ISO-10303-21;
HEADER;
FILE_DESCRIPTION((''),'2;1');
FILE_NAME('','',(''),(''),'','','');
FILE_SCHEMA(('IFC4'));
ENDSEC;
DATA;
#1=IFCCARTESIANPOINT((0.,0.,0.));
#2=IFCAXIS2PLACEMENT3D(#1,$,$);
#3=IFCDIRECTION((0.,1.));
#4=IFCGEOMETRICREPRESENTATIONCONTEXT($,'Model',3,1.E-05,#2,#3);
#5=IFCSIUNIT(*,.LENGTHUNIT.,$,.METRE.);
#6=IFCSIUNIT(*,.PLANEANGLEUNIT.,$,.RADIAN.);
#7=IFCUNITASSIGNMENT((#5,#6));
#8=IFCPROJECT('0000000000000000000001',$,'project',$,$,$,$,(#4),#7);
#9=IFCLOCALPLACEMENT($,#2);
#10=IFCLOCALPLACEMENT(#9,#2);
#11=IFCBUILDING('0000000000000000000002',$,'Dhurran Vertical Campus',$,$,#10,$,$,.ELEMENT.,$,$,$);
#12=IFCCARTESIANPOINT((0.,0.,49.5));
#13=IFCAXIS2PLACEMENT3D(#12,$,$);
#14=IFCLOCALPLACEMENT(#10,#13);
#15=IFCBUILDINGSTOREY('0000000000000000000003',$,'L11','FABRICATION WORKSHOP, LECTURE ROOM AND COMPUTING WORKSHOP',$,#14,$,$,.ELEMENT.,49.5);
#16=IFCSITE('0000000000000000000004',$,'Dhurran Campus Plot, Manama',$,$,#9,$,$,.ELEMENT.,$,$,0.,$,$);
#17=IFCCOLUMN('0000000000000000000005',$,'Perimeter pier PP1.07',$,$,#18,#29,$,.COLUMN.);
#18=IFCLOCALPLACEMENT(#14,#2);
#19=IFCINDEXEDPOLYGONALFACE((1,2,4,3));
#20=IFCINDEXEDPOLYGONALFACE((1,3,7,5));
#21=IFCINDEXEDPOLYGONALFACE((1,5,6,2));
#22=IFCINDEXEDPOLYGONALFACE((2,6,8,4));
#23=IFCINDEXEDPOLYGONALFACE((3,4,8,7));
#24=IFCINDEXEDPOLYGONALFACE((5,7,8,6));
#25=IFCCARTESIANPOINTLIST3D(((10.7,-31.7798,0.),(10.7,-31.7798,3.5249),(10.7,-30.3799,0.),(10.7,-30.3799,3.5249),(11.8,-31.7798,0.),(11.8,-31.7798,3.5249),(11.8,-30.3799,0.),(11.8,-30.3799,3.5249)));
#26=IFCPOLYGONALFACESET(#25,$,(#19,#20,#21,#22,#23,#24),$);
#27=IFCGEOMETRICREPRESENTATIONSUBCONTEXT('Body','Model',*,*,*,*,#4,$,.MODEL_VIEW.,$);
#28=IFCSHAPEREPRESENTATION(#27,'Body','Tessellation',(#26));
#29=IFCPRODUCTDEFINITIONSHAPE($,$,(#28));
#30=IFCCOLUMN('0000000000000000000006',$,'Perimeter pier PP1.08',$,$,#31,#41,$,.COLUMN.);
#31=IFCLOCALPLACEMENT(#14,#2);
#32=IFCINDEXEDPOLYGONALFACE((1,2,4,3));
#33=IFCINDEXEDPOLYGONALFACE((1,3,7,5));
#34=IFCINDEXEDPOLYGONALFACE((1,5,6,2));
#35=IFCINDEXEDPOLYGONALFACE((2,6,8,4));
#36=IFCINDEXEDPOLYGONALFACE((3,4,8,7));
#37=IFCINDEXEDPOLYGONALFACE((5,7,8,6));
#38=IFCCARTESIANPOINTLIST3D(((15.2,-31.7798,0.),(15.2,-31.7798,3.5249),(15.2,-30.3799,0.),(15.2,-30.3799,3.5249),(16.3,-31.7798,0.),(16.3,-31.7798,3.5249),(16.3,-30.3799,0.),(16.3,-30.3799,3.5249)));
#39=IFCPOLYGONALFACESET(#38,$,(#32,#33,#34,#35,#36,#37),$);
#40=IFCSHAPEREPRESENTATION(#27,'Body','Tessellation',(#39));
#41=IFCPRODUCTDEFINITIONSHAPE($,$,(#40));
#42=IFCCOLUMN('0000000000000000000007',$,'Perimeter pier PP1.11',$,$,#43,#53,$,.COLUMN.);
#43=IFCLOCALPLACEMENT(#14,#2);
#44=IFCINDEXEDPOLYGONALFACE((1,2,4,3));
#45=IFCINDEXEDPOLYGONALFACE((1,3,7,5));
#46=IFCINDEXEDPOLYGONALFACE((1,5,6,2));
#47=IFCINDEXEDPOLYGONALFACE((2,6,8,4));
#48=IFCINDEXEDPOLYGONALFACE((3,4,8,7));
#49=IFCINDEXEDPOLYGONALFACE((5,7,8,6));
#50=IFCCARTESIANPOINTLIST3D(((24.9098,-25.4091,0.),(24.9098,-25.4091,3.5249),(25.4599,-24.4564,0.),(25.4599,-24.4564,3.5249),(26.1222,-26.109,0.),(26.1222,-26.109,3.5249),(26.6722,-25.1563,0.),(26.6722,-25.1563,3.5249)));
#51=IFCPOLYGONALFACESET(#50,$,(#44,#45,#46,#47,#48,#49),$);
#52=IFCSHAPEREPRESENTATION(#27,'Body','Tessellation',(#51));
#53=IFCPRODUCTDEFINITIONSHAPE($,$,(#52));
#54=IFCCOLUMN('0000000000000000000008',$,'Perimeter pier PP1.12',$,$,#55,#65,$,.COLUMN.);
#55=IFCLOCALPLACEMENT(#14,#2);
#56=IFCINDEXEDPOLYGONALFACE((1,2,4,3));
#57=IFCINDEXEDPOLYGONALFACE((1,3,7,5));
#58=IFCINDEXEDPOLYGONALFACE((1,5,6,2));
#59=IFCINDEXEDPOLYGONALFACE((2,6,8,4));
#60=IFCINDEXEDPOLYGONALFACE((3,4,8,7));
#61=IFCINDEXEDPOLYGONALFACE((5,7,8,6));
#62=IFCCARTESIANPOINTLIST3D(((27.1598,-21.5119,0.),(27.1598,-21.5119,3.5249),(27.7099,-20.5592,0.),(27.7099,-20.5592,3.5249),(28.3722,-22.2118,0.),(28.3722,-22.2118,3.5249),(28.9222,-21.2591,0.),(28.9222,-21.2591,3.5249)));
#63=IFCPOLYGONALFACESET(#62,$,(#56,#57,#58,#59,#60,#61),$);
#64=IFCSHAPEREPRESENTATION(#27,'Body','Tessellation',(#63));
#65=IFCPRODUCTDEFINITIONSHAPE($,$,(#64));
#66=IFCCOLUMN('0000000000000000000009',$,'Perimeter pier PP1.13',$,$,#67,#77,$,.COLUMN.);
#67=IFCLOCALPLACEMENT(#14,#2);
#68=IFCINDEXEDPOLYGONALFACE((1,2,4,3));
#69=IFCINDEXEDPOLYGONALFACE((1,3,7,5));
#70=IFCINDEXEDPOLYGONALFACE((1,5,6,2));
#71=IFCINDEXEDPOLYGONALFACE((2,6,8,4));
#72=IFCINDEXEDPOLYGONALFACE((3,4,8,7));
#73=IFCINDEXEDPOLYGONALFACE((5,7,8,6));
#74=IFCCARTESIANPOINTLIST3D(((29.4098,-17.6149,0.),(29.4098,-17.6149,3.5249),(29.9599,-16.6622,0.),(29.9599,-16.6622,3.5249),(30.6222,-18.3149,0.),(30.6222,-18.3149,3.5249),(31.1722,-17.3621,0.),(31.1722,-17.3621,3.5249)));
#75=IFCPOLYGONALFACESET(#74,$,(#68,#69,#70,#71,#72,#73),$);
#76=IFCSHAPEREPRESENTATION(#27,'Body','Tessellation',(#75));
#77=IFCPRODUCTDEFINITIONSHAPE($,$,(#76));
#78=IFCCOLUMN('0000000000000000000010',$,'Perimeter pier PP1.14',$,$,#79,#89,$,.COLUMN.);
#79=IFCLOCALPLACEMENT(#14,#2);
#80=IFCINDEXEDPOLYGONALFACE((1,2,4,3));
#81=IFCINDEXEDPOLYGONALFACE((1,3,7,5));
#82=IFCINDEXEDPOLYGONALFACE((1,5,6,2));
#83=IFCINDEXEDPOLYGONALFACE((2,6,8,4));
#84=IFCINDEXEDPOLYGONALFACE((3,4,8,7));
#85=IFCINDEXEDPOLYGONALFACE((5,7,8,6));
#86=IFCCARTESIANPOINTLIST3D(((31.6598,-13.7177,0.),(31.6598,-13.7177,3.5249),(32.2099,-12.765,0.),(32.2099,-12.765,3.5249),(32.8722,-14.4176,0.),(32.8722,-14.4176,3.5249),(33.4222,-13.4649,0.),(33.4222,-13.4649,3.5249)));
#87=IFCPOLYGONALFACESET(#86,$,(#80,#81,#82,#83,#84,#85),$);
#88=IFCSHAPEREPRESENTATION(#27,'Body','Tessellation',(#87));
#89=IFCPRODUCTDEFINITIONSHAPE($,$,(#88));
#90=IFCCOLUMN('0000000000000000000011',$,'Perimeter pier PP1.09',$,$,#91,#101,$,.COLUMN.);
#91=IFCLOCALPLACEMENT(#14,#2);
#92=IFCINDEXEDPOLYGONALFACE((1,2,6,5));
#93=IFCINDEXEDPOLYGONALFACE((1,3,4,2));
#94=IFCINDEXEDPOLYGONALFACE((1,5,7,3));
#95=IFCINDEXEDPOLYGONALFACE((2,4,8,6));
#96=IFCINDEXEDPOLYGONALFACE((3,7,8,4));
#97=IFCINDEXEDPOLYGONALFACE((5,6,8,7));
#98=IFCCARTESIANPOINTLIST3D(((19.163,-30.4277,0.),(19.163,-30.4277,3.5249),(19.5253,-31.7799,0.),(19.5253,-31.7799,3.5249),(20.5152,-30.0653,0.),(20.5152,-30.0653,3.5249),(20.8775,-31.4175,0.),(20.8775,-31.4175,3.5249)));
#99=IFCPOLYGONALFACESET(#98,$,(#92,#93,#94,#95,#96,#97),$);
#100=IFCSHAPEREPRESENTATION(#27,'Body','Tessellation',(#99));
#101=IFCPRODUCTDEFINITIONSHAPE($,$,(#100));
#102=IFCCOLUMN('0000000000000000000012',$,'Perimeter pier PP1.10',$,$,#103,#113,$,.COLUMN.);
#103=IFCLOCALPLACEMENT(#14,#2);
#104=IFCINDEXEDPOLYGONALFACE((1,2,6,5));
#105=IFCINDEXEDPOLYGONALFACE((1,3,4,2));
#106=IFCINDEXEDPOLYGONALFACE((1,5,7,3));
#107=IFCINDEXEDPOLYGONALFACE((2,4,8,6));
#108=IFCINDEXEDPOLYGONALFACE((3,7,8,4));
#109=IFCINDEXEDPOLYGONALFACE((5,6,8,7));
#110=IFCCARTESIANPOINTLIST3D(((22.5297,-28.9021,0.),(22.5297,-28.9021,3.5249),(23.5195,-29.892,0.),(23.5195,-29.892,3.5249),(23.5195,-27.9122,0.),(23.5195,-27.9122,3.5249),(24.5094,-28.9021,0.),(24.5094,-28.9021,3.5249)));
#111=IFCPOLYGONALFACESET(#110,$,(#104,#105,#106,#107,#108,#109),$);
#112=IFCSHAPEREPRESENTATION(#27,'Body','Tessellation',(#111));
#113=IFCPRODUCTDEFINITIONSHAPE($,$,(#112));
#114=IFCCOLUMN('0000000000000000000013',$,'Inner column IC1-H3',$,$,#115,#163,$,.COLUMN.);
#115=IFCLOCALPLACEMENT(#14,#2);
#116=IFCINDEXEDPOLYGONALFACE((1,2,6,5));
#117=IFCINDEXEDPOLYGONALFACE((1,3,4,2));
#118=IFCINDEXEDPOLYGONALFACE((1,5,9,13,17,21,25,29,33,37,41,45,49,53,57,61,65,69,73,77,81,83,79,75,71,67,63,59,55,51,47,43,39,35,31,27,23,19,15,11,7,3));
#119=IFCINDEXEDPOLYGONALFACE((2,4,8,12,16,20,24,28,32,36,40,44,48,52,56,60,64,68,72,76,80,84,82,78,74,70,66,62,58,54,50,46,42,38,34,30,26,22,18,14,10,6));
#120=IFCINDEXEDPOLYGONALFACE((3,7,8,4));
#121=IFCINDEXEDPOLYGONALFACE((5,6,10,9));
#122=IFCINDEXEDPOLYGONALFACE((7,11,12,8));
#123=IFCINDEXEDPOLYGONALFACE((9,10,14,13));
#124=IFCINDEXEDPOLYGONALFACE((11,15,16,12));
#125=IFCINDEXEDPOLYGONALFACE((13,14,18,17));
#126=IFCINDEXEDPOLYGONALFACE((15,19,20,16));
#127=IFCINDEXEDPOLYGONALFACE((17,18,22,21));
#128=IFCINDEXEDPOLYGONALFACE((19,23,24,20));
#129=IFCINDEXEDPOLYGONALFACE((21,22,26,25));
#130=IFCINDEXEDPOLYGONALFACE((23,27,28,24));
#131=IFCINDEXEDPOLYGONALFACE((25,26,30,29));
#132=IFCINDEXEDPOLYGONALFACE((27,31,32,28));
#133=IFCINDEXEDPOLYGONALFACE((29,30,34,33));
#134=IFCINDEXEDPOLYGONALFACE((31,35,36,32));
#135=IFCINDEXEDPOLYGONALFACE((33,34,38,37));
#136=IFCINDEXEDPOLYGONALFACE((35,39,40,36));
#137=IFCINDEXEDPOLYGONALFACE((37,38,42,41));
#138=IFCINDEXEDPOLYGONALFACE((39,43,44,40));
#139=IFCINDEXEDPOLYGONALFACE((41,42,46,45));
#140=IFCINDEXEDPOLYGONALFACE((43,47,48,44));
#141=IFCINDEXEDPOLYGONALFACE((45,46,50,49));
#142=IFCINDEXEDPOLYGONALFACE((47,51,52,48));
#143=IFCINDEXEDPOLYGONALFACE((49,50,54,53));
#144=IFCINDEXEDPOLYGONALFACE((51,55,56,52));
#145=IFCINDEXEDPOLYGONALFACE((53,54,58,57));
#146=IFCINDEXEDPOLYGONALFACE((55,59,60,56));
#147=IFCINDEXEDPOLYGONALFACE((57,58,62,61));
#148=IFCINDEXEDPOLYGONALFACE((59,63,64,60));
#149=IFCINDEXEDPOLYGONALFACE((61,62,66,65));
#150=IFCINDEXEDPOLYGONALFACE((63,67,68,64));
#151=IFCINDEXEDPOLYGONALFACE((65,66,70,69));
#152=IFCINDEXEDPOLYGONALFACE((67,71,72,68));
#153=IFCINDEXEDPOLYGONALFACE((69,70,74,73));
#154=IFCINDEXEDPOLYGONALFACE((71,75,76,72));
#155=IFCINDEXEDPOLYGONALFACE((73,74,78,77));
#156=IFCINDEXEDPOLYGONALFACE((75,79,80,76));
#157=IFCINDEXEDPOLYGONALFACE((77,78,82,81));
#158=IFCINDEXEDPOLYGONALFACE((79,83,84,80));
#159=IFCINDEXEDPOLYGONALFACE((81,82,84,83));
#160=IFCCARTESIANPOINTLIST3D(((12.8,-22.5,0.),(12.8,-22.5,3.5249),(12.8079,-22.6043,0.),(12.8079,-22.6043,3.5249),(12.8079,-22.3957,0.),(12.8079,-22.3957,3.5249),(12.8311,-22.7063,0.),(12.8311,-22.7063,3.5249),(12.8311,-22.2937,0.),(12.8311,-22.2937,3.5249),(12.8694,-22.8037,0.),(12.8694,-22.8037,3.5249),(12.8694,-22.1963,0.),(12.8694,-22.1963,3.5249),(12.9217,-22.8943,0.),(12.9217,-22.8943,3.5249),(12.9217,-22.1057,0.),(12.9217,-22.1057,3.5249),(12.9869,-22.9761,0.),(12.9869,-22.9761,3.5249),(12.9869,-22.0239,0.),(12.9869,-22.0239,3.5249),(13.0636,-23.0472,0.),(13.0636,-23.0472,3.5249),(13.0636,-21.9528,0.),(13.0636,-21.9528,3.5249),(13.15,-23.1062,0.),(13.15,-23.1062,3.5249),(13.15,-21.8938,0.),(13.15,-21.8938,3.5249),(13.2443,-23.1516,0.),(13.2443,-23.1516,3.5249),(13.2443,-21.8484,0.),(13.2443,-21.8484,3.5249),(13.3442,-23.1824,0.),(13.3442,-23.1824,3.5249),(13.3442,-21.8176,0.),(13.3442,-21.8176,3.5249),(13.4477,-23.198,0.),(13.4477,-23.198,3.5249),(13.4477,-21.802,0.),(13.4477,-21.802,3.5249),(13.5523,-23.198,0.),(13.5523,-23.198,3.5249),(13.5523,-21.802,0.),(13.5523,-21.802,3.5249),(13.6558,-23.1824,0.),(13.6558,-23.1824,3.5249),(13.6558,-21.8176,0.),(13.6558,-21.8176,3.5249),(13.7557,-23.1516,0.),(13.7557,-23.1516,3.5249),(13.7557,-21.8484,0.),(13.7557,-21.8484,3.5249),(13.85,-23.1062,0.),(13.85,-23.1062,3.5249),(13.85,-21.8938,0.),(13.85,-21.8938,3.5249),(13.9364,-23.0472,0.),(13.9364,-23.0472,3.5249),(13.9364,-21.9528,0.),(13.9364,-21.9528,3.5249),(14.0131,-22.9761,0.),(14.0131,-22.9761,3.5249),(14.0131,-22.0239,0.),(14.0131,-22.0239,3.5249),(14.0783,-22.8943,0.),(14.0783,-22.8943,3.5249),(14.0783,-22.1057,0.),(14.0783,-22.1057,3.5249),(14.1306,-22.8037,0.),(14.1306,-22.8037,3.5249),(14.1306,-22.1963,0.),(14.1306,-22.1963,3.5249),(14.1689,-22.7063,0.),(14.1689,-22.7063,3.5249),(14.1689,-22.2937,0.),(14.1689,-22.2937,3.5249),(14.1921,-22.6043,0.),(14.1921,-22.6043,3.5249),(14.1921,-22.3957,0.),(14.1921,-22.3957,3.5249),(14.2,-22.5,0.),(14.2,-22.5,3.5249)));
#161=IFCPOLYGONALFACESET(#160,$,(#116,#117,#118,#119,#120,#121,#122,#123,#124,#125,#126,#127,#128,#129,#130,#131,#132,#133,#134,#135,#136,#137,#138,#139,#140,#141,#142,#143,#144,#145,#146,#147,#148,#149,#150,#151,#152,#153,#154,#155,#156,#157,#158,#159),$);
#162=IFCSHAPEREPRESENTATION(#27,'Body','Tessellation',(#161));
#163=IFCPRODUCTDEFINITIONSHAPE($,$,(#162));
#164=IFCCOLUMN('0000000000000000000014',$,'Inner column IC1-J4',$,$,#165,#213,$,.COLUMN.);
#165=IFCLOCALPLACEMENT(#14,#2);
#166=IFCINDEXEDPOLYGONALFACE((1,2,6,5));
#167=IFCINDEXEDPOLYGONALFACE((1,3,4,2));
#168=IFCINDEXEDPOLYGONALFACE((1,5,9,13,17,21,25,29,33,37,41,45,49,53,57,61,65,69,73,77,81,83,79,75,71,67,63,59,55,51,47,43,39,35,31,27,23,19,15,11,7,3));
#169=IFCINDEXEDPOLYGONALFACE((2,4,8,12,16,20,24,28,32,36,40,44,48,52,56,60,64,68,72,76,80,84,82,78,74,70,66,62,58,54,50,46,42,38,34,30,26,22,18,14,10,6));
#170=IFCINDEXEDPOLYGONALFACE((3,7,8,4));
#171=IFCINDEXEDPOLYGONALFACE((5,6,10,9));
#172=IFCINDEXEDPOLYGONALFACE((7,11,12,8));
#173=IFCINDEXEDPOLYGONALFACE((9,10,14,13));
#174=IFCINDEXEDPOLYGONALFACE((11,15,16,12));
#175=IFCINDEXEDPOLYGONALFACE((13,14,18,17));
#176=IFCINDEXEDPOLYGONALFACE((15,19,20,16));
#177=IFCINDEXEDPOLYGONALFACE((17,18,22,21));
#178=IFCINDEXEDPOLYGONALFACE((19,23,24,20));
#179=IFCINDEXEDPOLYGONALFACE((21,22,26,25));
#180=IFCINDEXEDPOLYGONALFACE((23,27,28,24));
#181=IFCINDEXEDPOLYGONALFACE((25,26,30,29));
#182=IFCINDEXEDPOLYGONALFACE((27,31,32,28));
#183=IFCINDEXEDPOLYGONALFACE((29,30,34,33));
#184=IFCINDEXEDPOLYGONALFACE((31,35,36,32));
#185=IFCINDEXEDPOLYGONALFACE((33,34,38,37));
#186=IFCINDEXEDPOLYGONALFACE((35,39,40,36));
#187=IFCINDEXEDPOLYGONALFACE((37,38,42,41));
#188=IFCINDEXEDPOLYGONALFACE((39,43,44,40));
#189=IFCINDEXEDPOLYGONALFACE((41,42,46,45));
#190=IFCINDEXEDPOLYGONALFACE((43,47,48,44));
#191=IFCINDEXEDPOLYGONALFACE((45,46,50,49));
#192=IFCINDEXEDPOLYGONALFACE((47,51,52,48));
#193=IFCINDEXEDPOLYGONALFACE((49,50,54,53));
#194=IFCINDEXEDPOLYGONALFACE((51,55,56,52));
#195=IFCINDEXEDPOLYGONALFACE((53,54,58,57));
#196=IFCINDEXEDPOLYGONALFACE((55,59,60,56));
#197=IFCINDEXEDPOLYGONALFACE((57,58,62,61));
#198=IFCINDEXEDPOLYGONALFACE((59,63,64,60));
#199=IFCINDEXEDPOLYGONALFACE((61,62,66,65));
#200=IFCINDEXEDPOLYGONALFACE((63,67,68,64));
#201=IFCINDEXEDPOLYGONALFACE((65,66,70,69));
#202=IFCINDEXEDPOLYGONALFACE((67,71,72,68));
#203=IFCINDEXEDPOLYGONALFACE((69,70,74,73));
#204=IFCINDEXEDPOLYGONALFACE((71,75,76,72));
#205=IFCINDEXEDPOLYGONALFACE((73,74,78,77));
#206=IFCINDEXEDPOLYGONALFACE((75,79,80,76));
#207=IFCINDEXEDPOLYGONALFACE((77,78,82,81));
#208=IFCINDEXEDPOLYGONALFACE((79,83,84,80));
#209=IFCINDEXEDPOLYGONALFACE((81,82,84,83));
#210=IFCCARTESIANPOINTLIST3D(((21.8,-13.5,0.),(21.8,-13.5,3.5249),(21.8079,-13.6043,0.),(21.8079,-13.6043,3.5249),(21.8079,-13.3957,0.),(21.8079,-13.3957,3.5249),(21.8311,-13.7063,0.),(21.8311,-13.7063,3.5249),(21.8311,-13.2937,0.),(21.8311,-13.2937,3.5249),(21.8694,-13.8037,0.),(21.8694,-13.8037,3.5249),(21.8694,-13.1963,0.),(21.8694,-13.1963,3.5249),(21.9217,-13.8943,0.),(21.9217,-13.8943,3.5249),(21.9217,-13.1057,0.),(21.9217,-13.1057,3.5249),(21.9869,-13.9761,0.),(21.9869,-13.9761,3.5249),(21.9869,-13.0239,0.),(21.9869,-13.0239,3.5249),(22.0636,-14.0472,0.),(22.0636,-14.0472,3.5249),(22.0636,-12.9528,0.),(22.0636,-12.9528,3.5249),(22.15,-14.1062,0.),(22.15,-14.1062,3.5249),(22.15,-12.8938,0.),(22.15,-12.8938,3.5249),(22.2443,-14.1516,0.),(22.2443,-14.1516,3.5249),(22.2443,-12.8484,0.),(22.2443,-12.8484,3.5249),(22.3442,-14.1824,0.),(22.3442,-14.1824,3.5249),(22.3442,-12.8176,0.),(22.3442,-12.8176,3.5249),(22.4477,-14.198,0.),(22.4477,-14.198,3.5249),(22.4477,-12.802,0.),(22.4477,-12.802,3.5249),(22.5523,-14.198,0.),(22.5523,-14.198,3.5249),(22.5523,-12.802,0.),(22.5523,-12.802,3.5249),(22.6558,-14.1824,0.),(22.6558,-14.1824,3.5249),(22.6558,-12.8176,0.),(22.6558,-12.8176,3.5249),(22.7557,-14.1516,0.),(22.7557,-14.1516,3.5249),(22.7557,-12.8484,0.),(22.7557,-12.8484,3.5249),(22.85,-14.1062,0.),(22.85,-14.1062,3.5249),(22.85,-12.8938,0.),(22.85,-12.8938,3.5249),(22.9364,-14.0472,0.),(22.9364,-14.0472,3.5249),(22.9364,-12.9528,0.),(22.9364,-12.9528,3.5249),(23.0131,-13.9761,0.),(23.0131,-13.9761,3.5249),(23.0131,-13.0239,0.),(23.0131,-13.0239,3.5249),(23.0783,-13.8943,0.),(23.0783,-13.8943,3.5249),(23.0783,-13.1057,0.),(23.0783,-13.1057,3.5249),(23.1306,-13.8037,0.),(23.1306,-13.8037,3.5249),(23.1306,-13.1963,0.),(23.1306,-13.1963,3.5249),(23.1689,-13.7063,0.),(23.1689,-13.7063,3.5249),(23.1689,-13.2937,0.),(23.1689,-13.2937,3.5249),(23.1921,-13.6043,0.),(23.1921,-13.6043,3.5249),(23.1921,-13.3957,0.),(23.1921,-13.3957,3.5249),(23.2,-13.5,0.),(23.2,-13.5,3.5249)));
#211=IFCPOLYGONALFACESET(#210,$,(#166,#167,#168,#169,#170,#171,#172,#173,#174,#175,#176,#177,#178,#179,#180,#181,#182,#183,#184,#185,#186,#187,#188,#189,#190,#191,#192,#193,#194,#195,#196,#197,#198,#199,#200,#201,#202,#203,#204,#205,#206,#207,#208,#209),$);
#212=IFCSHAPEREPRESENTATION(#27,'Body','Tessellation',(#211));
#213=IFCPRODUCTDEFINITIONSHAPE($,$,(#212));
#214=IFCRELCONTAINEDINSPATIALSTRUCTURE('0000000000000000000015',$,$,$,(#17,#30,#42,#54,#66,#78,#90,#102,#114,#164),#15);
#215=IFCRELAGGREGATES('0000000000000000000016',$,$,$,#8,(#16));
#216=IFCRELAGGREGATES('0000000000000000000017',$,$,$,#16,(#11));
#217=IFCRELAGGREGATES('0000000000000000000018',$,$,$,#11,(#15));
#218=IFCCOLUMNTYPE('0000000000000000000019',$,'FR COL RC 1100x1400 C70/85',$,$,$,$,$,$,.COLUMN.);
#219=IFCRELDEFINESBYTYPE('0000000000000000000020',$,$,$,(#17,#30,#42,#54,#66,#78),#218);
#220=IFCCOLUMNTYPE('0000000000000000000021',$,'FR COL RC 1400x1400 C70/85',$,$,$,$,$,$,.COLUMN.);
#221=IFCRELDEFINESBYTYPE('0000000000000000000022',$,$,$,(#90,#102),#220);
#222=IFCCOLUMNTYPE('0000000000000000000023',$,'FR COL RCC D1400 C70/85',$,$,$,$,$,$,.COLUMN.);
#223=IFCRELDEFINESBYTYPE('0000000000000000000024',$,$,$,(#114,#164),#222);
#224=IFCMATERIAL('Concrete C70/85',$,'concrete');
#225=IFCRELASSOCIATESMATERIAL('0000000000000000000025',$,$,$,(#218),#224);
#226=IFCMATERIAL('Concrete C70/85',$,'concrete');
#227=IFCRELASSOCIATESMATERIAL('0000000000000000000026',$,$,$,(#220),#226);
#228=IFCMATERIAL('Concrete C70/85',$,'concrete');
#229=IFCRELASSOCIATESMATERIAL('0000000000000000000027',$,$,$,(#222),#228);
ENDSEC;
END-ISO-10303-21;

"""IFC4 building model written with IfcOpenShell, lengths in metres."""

from ifc_helpers import new_model, si_unit, direction, frame, origin, origin_2d, place, context, subcontext, project, spatial, rectangle, circle, extrude, material, material_profile, profile_set, type_object, element, save


model = new_model("IFC4")

# Units and contexts
model_context = context("Model", 3, precision=1e-05, world=origin(), true_north=direction((0.0, 1.0)))
body_context = subcontext(model_context, "Body", "Model", "MODEL_VIEW")
ifc_project = project(units=[si_unit("LENGTHUNIT", "METRE"), si_unit("PLANEANGLEUNIT", "RADIAN")], contexts=[model_context])

# Site, building, storey
site_placement = place(None, origin())
site = spatial("IfcSite", under=ifc_project, at=site_placement, Name="Dhurran Campus Plot, Manama", CompositionType="ELEMENT", RefElevation=0.0)
building_placement = place(site_placement, origin())
building = spatial("IfcBuilding", under=site, at=building_placement, Name="Dhurran Vertical Campus", CompositionType="ELEMENT")
storey_placement = place(building_placement, frame((0.0, 0.0, 49.5)))
storey = spatial("IfcBuildingStorey", under=building, at=storey_placement, Name="L11", Description="FABRICATION WORKSHOP, LECTURE ROOM AND COMPUTING WORKSHOP", CompositionType="ELEMENT", Elevation=49.5)

# Columns
ifc_material_1 = material(Name="Concrete C70/85", Category="concrete")
ifc_material_profile_1 = material_profile(ifc_material_1, rectangle(XDim=1.1001, YDim=1.3999, at=origin_2d()), Name="RC 1100x1400")
ifc_profile_set_1 = profile_set([ifc_material_profile_1], Name="Concrete C70/85")
column_type_1 = type_object("IfcColumnType", Name="FR COL RC 1100x1400 C70/85", PredefinedType="COLUMN", material=ifc_profile_set_1)
for number, where, z_axis, x_axis, name in (
    (1, (11.25, -31.0798, 0.0), (0.0, 0.0, 1.0), (1.0, 0.0, 0.0), "Perimeter pier PP1.07"),
    (2, (15.75, -31.0798, 0.0), (0.0, 0.0, 1.0), (1.0, 0.0, 0.0), "Perimeter pier PP1.08"),
    (3, (25.791, -25.2827, 0.0), (0.0, 0.0, 1.0), (0.5, 0.866025, 0.0), "Perimeter pier PP1.11"),
    (4, (28.041, -21.3855, 0.0), (0.0, 0.0, 1.0), (0.5, 0.866025, 0.0), "Perimeter pier PP1.12"),
    (5, (30.291, -17.4885, 0.0), (0.0, 0.0, 1.0), (0.5, 0.866025, 0.0), "Perimeter pier PP1.13"),
    (6, (32.541, -13.5913, 0.0), (0.0, 0.0, 1.0), (0.5, 0.866025, 0.0), "Perimeter pier PP1.14"),
):
    element("IfcColumn", number, at=place(storey_placement, frame(where, z_axis=z_axis, x_axis=x_axis)), inside=storey, type_object=column_type_1, Name=name, PredefinedType="COLUMN", context=body_context, shape_type="SweptSolid", body=[
        extrude(rectangle(XDim=1.1001, YDim=1.3999, at=origin_2d()), origin(), (0.0, 0.0, 1.0), 3.5249),
    ])
ifc_material_2 = material(Name="Concrete C70/85", Category="concrete")
ifc_material_profile_2 = material_profile(ifc_material_2, rectangle(XDim=1.3999, YDim=1.3999, at=origin_2d()), Name="RC 1400x1400")
ifc_profile_set_2 = profile_set([ifc_material_profile_2], Name="Concrete C70/85")
column_type_2 = type_object("IfcColumnType", Name="FR COL RC 1400x1400 C70/85", PredefinedType="COLUMN", material=ifc_profile_set_2)
for number, where, z_axis, x_axis, name in (
    (7, (20.0203, -30.9226, 0.0), (0.0, 0.0, 1.0), (0.965926, 0.258819, 0.0), "Perimeter pier PP1.09"),
    (8, (23.5195, -28.9021, 0.0), (0.0, 0.0, 1.0), (0.707107, 0.707107, 0.0), "Perimeter pier PP1.10"),
):
    element("IfcColumn", number, at=place(storey_placement, frame(where, z_axis=z_axis, x_axis=x_axis)), inside=storey, type_object=column_type_2, Name=name, PredefinedType="COLUMN", context=body_context, shape_type="SweptSolid", body=[
        extrude(rectangle(XDim=1.3999, YDim=1.3999, at=origin_2d()), origin(), (0.0, 0.0, 1.0), 3.5249),
    ])
ifc_material_3 = material(Name="Concrete C70/85", Category="concrete")
ifc_material_profile_3 = material_profile(ifc_material_3, circle(Radius=0.7, at=origin_2d()), Name="RCC D1400")
ifc_profile_set_3 = profile_set([ifc_material_profile_3], Name="Concrete C70/85")
column_type_3 = type_object("IfcColumnType", Name="FR COL RCC D1400 C70/85", PredefinedType="COLUMN", material=ifc_profile_set_3)
for number, where, z_axis, x_axis, name in (
    (9, (13.5, -22.5, 0.0), (0.0, 0.0, 1.0), (1.0, 0.0, 0.0), "Inner column IC1-H3"),
    (10, (22.5, -13.5, 0.0), (0.0, 0.0, 1.0), (1.0, 0.0, 0.0), "Inner column IC1-J4"),
):
    element("IfcColumn", number, at=place(storey_placement, frame(where, z_axis=z_axis, x_axis=x_axis)), inside=storey, type_object=column_type_3, Name=name, PredefinedType="COLUMN", context=body_context, shape_type="SweptSolid", body=[
        extrude(circle(Radius=0.7, at=origin_2d()), origin(), (0.0, 0.0, 1.0), 3.5249),
    ])

save(model, "model.ifc")
